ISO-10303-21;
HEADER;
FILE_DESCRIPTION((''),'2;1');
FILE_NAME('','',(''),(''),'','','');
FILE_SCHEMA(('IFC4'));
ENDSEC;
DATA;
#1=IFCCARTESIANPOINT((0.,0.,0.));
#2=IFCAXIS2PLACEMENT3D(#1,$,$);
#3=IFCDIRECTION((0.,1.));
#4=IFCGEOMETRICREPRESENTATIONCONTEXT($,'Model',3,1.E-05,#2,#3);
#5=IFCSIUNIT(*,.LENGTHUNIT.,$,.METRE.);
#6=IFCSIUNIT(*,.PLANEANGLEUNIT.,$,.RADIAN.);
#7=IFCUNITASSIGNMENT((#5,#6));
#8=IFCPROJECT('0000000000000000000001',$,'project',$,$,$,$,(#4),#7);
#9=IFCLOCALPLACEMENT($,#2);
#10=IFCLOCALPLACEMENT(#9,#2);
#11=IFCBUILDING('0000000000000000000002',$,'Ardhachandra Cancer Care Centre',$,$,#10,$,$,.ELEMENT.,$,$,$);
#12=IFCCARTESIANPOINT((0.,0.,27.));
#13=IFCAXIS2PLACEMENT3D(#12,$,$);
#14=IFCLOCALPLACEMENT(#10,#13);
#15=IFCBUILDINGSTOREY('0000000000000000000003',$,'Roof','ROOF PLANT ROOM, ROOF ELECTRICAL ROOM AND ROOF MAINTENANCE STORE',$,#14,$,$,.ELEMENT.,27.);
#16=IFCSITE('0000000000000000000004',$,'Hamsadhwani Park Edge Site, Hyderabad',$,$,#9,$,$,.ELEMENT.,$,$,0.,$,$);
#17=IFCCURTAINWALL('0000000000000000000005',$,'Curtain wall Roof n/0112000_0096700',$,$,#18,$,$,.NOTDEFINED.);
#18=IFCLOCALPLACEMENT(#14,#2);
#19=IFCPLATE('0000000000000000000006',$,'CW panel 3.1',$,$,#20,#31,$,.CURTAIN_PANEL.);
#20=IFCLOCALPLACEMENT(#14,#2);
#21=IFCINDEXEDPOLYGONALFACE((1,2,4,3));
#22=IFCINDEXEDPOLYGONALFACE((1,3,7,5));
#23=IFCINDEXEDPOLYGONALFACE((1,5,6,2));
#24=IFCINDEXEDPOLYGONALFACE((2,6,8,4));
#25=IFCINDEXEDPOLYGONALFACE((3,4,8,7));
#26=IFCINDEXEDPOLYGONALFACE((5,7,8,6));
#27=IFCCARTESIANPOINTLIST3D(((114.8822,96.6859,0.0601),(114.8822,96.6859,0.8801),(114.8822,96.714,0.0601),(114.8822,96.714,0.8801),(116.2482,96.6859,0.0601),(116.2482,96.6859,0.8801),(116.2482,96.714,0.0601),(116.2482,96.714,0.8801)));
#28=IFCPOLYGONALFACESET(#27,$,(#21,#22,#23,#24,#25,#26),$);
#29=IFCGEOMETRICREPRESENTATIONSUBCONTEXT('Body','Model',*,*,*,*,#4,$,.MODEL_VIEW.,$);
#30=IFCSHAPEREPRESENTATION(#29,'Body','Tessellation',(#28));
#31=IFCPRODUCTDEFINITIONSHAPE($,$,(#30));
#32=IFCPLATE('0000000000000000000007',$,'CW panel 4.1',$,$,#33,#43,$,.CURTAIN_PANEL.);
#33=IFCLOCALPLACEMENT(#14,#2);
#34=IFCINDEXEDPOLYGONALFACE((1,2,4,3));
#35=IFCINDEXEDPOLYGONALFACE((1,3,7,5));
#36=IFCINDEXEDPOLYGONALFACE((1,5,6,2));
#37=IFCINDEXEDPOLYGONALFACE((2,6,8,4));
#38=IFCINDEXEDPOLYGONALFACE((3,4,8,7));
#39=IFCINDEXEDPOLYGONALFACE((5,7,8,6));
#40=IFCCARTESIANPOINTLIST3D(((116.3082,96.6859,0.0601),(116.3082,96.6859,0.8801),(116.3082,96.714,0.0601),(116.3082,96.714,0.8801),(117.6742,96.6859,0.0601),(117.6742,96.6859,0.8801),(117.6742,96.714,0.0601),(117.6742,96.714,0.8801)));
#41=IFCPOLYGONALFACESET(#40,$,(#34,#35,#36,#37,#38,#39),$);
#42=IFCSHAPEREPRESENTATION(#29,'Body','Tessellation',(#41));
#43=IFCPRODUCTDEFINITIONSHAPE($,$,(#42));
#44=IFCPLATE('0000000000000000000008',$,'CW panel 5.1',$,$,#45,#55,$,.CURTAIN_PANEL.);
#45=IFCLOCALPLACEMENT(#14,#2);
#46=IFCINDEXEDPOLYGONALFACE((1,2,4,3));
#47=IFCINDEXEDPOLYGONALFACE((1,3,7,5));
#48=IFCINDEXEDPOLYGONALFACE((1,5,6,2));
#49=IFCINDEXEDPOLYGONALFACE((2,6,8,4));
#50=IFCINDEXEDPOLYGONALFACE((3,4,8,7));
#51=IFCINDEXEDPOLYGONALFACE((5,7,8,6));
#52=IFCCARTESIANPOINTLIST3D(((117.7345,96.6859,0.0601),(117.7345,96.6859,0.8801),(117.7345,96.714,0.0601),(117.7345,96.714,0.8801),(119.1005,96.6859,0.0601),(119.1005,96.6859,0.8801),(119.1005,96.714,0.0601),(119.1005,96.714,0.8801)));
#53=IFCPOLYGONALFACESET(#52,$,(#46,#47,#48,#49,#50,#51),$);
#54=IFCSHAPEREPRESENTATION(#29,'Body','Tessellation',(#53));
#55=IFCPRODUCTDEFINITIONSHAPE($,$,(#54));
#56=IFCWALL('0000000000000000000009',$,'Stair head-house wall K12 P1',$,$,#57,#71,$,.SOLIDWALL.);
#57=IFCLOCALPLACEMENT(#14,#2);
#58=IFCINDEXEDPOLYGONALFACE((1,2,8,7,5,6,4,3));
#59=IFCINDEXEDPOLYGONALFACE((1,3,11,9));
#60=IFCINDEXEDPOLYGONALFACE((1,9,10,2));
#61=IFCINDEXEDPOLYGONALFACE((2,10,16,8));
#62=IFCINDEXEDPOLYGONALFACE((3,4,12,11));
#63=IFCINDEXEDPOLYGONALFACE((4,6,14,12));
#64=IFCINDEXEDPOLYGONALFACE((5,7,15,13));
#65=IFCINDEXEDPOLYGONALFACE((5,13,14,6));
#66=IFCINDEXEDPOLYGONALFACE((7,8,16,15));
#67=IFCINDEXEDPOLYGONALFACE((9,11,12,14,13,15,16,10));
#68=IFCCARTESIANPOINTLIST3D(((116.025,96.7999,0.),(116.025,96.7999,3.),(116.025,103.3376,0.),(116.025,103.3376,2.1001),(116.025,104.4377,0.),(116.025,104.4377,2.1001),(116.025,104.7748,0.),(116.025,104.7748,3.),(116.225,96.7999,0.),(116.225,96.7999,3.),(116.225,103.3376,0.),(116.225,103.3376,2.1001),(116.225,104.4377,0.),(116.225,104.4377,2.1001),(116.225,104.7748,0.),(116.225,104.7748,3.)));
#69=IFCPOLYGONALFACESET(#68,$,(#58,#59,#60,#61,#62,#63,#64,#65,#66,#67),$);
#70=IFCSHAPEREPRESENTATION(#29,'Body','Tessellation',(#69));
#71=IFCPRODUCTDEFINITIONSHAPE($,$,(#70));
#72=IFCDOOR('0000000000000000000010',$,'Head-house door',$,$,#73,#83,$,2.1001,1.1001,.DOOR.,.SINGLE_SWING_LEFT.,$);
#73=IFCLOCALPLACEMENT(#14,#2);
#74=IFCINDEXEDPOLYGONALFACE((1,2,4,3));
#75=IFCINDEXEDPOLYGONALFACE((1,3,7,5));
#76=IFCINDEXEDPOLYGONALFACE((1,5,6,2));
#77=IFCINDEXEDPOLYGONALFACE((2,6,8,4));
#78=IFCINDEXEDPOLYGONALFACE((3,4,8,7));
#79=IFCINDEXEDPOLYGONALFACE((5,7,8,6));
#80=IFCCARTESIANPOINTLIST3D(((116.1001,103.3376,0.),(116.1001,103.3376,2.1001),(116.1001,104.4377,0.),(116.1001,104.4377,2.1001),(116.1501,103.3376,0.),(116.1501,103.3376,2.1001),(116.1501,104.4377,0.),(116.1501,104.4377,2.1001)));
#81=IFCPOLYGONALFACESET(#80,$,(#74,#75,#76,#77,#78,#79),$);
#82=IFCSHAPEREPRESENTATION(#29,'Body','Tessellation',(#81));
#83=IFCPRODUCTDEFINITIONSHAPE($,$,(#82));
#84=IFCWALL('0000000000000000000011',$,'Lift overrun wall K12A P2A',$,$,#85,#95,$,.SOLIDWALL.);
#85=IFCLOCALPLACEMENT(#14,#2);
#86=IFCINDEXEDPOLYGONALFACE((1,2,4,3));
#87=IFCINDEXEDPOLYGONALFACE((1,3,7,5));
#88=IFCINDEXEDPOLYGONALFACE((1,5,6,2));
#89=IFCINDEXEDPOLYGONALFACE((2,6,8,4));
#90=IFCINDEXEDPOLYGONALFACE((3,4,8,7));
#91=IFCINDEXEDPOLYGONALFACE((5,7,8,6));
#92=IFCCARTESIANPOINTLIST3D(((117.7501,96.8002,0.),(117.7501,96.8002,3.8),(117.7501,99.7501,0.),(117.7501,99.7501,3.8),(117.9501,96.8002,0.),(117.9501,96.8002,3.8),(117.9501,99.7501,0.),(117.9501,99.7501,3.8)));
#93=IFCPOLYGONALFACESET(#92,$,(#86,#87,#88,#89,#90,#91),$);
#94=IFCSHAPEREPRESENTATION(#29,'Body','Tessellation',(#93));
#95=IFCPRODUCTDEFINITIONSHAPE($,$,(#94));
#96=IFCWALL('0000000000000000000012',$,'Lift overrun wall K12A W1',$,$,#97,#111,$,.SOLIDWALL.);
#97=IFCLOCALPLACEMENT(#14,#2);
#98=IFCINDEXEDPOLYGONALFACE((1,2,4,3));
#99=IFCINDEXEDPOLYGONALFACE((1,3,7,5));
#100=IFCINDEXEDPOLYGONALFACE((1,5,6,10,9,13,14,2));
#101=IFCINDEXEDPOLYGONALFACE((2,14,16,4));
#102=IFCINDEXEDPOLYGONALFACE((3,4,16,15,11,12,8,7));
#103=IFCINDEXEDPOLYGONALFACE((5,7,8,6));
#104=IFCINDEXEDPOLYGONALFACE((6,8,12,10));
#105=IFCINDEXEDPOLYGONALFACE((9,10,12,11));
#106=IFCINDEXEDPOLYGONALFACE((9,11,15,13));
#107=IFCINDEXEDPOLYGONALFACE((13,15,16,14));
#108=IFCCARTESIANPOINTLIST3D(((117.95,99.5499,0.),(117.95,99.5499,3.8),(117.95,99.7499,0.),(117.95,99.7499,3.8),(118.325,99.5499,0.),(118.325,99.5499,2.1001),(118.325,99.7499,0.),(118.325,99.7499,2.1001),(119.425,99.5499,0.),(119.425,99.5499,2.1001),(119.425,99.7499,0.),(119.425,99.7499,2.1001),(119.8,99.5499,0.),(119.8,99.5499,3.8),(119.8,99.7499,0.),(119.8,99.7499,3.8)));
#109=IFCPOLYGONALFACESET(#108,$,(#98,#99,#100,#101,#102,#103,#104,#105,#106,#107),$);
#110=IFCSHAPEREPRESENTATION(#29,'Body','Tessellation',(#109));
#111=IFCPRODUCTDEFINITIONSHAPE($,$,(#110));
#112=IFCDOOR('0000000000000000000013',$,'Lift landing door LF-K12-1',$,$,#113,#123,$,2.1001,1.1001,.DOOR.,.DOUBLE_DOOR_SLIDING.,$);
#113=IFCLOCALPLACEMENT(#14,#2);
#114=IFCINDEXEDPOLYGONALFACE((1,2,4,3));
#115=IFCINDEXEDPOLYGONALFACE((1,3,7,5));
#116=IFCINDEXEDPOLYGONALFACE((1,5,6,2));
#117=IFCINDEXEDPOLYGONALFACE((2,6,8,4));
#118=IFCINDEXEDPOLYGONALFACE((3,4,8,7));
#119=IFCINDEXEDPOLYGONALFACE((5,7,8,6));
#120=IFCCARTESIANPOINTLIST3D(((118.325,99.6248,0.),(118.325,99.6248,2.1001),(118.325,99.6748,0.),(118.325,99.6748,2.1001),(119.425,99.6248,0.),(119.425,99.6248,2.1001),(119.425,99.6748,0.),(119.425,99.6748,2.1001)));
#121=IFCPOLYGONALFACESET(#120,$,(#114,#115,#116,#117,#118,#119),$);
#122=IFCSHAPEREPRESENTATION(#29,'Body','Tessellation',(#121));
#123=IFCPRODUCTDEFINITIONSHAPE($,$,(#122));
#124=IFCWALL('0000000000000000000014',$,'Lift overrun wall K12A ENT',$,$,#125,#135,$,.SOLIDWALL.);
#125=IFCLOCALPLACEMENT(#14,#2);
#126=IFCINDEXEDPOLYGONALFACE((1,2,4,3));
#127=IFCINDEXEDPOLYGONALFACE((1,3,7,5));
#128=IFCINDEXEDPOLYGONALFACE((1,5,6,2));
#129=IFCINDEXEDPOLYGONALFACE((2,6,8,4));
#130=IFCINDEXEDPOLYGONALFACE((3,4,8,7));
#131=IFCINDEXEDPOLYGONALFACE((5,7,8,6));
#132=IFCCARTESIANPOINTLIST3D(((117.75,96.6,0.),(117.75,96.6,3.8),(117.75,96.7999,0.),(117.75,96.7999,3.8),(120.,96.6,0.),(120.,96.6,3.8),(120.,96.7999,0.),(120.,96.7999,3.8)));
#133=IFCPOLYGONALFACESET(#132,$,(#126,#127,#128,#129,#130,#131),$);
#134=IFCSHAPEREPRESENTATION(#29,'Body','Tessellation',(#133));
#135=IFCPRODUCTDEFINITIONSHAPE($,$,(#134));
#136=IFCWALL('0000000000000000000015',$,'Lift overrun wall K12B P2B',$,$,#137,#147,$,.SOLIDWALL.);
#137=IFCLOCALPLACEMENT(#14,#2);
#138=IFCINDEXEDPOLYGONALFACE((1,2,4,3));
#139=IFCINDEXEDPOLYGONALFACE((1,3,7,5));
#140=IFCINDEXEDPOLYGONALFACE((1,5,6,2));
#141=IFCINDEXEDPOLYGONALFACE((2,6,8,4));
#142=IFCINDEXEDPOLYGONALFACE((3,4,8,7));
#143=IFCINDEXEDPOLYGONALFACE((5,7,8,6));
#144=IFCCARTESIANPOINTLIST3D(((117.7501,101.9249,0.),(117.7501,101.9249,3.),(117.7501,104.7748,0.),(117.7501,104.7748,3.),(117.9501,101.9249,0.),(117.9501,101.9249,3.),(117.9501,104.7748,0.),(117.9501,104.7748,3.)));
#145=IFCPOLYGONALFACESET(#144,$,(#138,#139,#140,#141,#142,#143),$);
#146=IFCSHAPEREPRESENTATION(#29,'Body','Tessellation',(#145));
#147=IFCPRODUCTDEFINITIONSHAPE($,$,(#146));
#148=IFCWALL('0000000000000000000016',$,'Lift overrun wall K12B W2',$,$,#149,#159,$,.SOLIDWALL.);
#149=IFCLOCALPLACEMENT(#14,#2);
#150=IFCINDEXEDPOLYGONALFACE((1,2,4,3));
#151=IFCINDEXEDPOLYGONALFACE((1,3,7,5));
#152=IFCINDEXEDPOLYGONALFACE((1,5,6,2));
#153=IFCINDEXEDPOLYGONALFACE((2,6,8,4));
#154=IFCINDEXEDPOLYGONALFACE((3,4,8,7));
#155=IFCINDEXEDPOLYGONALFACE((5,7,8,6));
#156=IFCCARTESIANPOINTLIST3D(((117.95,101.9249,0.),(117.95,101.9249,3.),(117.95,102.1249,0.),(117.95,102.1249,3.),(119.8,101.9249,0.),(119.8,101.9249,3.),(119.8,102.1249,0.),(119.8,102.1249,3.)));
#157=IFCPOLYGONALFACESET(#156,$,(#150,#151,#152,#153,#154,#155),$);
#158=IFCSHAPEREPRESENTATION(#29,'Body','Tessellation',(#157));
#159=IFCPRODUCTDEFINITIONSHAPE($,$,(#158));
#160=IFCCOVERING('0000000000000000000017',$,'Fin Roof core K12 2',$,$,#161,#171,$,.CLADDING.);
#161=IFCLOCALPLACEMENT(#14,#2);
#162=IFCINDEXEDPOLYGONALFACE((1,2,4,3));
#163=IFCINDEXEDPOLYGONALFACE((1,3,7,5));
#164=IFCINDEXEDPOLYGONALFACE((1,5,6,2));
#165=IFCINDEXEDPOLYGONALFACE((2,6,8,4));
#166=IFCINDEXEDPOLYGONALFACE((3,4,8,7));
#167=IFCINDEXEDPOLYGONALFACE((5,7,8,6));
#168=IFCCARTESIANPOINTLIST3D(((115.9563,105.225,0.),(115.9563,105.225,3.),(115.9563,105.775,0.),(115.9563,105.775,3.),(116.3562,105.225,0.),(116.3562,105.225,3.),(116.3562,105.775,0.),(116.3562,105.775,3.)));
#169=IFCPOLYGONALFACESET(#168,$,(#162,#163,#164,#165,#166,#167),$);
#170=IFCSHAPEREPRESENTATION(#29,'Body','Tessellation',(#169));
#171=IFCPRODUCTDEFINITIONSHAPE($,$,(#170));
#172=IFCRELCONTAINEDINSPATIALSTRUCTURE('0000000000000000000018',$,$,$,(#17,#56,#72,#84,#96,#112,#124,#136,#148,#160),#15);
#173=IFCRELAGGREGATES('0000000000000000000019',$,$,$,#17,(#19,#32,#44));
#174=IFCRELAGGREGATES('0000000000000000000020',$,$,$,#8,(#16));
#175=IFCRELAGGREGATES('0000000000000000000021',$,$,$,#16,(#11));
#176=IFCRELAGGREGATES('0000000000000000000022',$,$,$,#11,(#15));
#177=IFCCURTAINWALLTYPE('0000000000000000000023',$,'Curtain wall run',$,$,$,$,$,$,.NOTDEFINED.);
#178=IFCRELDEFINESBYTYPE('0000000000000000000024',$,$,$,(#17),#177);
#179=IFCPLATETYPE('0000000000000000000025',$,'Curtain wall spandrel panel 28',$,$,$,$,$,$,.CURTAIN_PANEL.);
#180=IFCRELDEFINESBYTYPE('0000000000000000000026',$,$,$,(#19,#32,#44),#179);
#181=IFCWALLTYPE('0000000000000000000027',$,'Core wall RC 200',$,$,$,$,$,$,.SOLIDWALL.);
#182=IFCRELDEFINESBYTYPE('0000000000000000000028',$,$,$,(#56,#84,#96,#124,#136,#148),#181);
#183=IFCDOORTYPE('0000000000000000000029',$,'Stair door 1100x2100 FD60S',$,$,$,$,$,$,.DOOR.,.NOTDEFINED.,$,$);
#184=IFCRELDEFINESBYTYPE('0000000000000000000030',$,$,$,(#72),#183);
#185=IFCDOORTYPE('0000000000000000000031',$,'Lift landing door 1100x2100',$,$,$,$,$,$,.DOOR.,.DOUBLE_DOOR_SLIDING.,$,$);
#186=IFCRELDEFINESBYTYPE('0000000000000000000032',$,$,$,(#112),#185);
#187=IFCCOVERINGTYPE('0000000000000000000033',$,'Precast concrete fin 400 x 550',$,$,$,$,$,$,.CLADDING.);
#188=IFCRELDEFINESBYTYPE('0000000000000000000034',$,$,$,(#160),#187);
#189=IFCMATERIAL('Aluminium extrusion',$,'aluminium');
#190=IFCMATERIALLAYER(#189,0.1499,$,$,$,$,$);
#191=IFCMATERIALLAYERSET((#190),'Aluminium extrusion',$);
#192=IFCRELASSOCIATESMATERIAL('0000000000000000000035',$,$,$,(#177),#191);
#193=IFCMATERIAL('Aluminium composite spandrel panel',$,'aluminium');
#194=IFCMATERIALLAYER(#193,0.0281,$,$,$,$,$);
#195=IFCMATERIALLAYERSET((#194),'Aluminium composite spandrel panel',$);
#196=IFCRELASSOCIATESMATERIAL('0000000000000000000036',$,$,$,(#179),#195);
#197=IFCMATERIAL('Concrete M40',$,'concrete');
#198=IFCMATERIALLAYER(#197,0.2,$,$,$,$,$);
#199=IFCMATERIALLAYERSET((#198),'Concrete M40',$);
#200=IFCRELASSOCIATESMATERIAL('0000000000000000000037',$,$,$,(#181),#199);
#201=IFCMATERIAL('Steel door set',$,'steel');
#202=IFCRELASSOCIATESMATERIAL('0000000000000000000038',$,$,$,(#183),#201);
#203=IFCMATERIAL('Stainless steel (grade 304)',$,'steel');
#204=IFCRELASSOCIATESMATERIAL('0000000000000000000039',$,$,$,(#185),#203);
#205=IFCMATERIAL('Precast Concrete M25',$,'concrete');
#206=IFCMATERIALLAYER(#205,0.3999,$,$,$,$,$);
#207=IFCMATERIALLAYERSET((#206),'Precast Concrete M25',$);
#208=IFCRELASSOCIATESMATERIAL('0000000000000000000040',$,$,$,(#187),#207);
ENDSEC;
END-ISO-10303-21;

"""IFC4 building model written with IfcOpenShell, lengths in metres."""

from ifc_helpers import new_model, si_unit, direction, frame, frame_2d, origin, origin_2d, place, context, subcontext, project, spatial, rectangle, extrude, material, layer, layer_set, type_object, element, fill, aggregate, save


model = new_model("IFC4")

# Units and contexts
model_context = context("Model", 3, precision=1e-05, world=origin(), true_north=direction((0.0, 1.0)))
body_context = subcontext(model_context, "Body", "Model", "MODEL_VIEW")
ifc_project = project(units=[si_unit("LENGTHUNIT", "METRE"), si_unit("PLANEANGLEUNIT", "RADIAN")], contexts=[model_context])

# Site, building, storey
site_placement = place(None, origin())
site = spatial("IfcSite", under=ifc_project, at=site_placement, Name="Hamsadhwani Park Edge Site, Hyderabad", CompositionType="ELEMENT", RefElevation=0.0)
building_placement = place(site_placement, origin())
building = spatial("IfcBuilding", under=site, at=building_placement, Name="Ardhachandra Cancer Care Centre", CompositionType="ELEMENT")
storey_placement = place(building_placement, frame((0.0, 0.0, 27.0)))
storey = spatial("IfcBuildingStorey", under=building, at=storey_placement, Name="Roof", Description="ROOF PLANT ROOM, ROOF ELECTRICAL ROOM AND ROOF MAINTENANCE STORE", CompositionType="ELEMENT", Elevation=27.0)

# Curtain wall
ifc_material_1 = material(Name="Aluminium extrusion", Category="aluminium")
ifc_layer_1 = layer(ifc_material_1, 0.1499)
ifc_layer_set_1 = layer_set([ifc_layer_1], Name="Aluminium extrusion")
curtain_wall_type = type_object("IfcCurtainWallType", Name="Curtain wall run", PredefinedType="NOTDEFINED", material=ifc_layer_set_1)
curtain_wall_placement = place(storey_placement, origin())
curtain_wall = element("IfcCurtainWall", 1, at=curtain_wall_placement, inside=storey, type_object=curtain_wall_type, Name="Curtain wall Roof n/0112000_0096700", PredefinedType="NOTDEFINED")

# Plates
ifc_material_2 = material(Name="Aluminium composite spandrel panel", Category="aluminium")
ifc_layer_2 = layer(ifc_material_2, 0.0281)
ifc_layer_set_2 = layer_set([ifc_layer_2], Name="Aluminium composite spandrel panel")
plate_type_1 = type_object("IfcPlateType", Name="Curtain wall spandrel panel 28", PredefinedType="CURTAIN_PANEL", material=ifc_layer_set_2)
plate_1_placement = place(storey_placement, frame((115.5652, 96.7, 0.0601), z_axis=(0.0, 0.0, 1.0), x_axis=(1.0, 0.0, 0.0)))
plate_1 = element("IfcPlate", 2, at=plate_1_placement, type_object=plate_type_1, Name="CW panel 3.1", PredefinedType="CURTAIN_PANEL", context=body_context, shape_type="SweptSolid", body=[
    extrude(rectangle(XDim=1.366, YDim=0.0281, at=origin_2d()), origin(), (0.0, 0.0, 1.0), 0.8201),
])
plate_2_placement = place(storey_placement, frame((116.9912, 96.7, 0.0601), z_axis=(0.0, 0.0, 1.0), x_axis=(1.0, 0.0, 0.0)))
plate_2 = element("IfcPlate", 3, at=plate_2_placement, type_object=plate_type_1, Name="CW panel 4.1", PredefinedType="CURTAIN_PANEL", context=body_context, shape_type="SweptSolid", body=[
    extrude(rectangle(XDim=1.366, YDim=0.0281, at=origin_2d()), origin(), (0.0, 0.0, 1.0), 0.8201),
])
plate_3_placement = place(storey_placement, frame((118.4175, 96.7, 0.0601), z_axis=(0.0, 0.0, 1.0), x_axis=(1.0, 0.0, 0.0)))
plate_3 = element("IfcPlate", 4, at=plate_3_placement, type_object=plate_type_1, Name="CW panel 5.1", PredefinedType="CURTAIN_PANEL", context=body_context, shape_type="SweptSolid", body=[
    extrude(rectangle(XDim=1.366, YDim=0.0281, at=origin_2d()), origin(), (0.0, 0.0, 1.0), 0.8201),
])
aggregate(curtain_wall, [plate_1, plate_2, plate_3])

# Wall, opening, door
ifc_material_3 = material(Name="Concrete M40", Category="concrete")
ifc_layer_3 = layer(ifc_material_3, 0.2)
ifc_layer_set_3 = layer_set([ifc_layer_3], Name="Concrete M40")
wall_type = type_object("IfcWallType", Name="Core wall RC 200", PredefinedType="SOLIDWALL", material=ifc_layer_set_3)
wall_1_placement = place(storey_placement, frame((116.125, 96.8, 0.0), z_axis=(0.0, 0.0, 1.0), x_axis=(0.0, 1.0, 0.0)))
wall_1 = element("IfcWall", 5, at=wall_1_placement, inside=storey, type_object=wall_type, Name="Stair head-house wall K12 P1", PredefinedType="SOLIDWALL", context=body_context, shape_type="SweptSolid", body=[
    extrude(rectangle(XDim=7.9749, YDim=0.2, at=frame_2d((3.9873, 0.0))), origin(), (0.0, 0.0, 1.0), 3.0),
])
opening_1_placement = place(wall_1_placement, frame((6.5376, 0.0, 0.0)))
opening_1 = element("IfcOpeningElement", 6, at=opening_1_placement, cuts=wall_1, PredefinedType="OPENING", context=body_context, shape_type="SweptSolid", body=[
    extrude(rectangle(XDim=1.1001, YDim=2.1001, at=frame_2d((0.55, 1.05))), frame((0.0, 0.1099, 0.0), z_axis=(0.0, -1.0, 0.0), x_axis=(1.0, 0.0, 0.0)), (0.0, 0.0, 1.0), 0.22),
])
ifc_material_4 = material(Name="Steel door set", Category="steel")
door_type_1 = type_object("IfcDoorType", Name="Stair door 1100x2100 FD60S", OperationType="NOTDEFINED", PredefinedType="DOOR", material=ifc_material_4)
door_1_placement = place(opening_1_placement, origin())
door_1 = element("IfcDoor", 7, at=door_1_placement, inside=storey, type_object=door_type_1, Name="Head-house door", OperationType="SINGLE_SWING_LEFT", OverallHeight=2.1001, OverallWidth=1.1001, PredefinedType="DOOR", context=body_context, shape_type="SweptSolid", body=[
    extrude(rectangle(XDim=1.1001, YDim=2.1001, at=frame_2d((0.55, 1.05))), frame((0.0, 0.0249, 0.0), z_axis=(0.0, -1.0, 0.0), x_axis=(1.0, 0.0, 0.0)), (0.0, 0.0, 1.0), 0.05),
])
fill(opening_1, door_1)

# Wall
wall_2_placement = place(storey_placement, frame((117.8501, 96.8, 0.0), z_axis=(0.0, 0.0, 1.0), x_axis=(0.0, 1.0, 0.0)))
element("IfcWall", 8, at=wall_2_placement, inside=storey, type_object=wall_type, Name="Lift overrun wall K12A P2A", PredefinedType="SOLIDWALL", context=body_context, shape_type="SweptSolid", body=[
    extrude(rectangle(XDim=2.95, YDim=0.2, at=frame_2d((1.4751, 0.0))), origin(), (0.0, 0.0, 1.0), 3.8),
])

# Wall, opening, door
wall_3_placement = place(storey_placement, frame((117.95, 99.6499, 0.0), z_axis=(0.0, 0.0, 1.0), x_axis=(1.0, 0.0, 0.0)))
wall_3 = element("IfcWall", 9, at=wall_3_placement, inside=storey, type_object=wall_type, Name="Lift overrun wall K12A W1", PredefinedType="SOLIDWALL", context=body_context, shape_type="SweptSolid", body=[
    extrude(rectangle(XDim=1.8501, YDim=0.2, at=frame_2d((0.925, 0.0))), origin(), (0.0, 0.0, 1.0), 3.8),
])
opening_2_placement = place(wall_3_placement, frame((0.375, 0.0, 0.0)))
opening_2 = element("IfcOpeningElement", 10, at=opening_2_placement, cuts=wall_3, PredefinedType="OPENING", context=body_context, shape_type="SweptSolid", body=[
    extrude(rectangle(XDim=1.1001, YDim=2.1001, at=frame_2d((0.55, 1.05))), frame((0.0, 0.1099, 0.0), z_axis=(0.0, -1.0, 0.0), x_axis=(1.0, 0.0, 0.0)), (0.0, 0.0, 1.0), 0.22),
])
ifc_material_5 = material(Name="Stainless steel (grade 304)", Category="steel")
door_type_2 = type_object("IfcDoorType", Name="Lift landing door 1100x2100", OperationType="DOUBLE_DOOR_SLIDING", PredefinedType="DOOR", material=ifc_material_5)
door_2_placement = place(opening_2_placement, origin())
door_2 = element("IfcDoor", 11, at=door_2_placement, inside=storey, type_object=door_type_2, Name="Lift landing door LF-K12-1", OperationType="DOUBLE_DOOR_SLIDING", OverallHeight=2.1001, OverallWidth=1.1001, PredefinedType="DOOR", context=body_context, shape_type="SweptSolid", body=[
    extrude(rectangle(XDim=1.1001, YDim=2.1001, at=frame_2d((0.55, 1.05))), frame((0.0, 0.0249, 0.0), z_axis=(0.0, -1.0, 0.0), x_axis=(1.0, 0.0, 0.0)), (0.0, 0.0, 1.0), 0.05),
])
fill(opening_2, door_2)

# Walls
wall_4_placement = place(storey_placement, frame((117.75, 96.7, 0.0), z_axis=(0.0, 0.0, 1.0), x_axis=(1.0, 0.0, 0.0)))
element("IfcWall", 12, at=wall_4_placement, inside=storey, type_object=wall_type, Name="Lift overrun wall K12A ENT", PredefinedType="SOLIDWALL", context=body_context, shape_type="SweptSolid", body=[
    extrude(rectangle(XDim=2.25, YDim=0.2, at=frame_2d((1.125, 0.0))), origin(), (0.0, 0.0, 1.0), 3.8),
])
wall_5_placement = place(storey_placement, frame((117.8501, 101.925, 0.0), z_axis=(0.0, 0.0, 1.0), x_axis=(0.0, 1.0, 0.0)))
element("IfcWall", 13, at=wall_5_placement, inside=storey, type_object=wall_type, Name="Lift overrun wall K12B P2B", PredefinedType="SOLIDWALL", context=body_context, shape_type="SweptSolid", body=[
    extrude(rectangle(XDim=2.8499, YDim=0.2, at=frame_2d((1.4248, 0.0))), origin(), (0.0, 0.0, 1.0), 3.0),
])
wall_6_placement = place(storey_placement, frame((117.95, 102.0249, 0.0), z_axis=(0.0, 0.0, 1.0), x_axis=(1.0, 0.0, 0.0)))
element("IfcWall", 14, at=wall_6_placement, inside=storey, type_object=wall_type, Name="Lift overrun wall K12B W2", PredefinedType="SOLIDWALL", context=body_context, shape_type="SweptSolid", body=[
    extrude(rectangle(XDim=1.8501, YDim=0.2, at=frame_2d((0.925, 0.0))), origin(), (0.0, 0.0, 1.0), 3.0),
])

# Covering
ifc_material_6 = material(Name="Precast Concrete M25", Category="concrete")
ifc_layer_4 = layer(ifc_material_6, 0.3999)
ifc_layer_set_4 = layer_set([ifc_layer_4], Name="Precast Concrete M25")
covering_type = type_object("IfcCoveringType", Name="Precast concrete fin 400 x 550", PredefinedType="CLADDING", material=ifc_layer_set_4)
covering_placement = place(storey_placement, frame((116.1562, 105.5, 0.0), z_axis=(0.0, 0.0, 1.0), x_axis=(1.0, 0.0, 0.0)))
element("IfcCovering", 15, at=covering_placement, inside=storey, type_object=covering_type, Name="Fin Roof core K12 2", PredefinedType="CLADDING", context=body_context, shape_type="SweptSolid", body=[
    extrude(rectangle(XDim=0.3999, YDim=0.55, at=origin_2d()), origin(), (0.0, 0.0, 1.0), 3.0),
])

save(model, "model.ifc")
